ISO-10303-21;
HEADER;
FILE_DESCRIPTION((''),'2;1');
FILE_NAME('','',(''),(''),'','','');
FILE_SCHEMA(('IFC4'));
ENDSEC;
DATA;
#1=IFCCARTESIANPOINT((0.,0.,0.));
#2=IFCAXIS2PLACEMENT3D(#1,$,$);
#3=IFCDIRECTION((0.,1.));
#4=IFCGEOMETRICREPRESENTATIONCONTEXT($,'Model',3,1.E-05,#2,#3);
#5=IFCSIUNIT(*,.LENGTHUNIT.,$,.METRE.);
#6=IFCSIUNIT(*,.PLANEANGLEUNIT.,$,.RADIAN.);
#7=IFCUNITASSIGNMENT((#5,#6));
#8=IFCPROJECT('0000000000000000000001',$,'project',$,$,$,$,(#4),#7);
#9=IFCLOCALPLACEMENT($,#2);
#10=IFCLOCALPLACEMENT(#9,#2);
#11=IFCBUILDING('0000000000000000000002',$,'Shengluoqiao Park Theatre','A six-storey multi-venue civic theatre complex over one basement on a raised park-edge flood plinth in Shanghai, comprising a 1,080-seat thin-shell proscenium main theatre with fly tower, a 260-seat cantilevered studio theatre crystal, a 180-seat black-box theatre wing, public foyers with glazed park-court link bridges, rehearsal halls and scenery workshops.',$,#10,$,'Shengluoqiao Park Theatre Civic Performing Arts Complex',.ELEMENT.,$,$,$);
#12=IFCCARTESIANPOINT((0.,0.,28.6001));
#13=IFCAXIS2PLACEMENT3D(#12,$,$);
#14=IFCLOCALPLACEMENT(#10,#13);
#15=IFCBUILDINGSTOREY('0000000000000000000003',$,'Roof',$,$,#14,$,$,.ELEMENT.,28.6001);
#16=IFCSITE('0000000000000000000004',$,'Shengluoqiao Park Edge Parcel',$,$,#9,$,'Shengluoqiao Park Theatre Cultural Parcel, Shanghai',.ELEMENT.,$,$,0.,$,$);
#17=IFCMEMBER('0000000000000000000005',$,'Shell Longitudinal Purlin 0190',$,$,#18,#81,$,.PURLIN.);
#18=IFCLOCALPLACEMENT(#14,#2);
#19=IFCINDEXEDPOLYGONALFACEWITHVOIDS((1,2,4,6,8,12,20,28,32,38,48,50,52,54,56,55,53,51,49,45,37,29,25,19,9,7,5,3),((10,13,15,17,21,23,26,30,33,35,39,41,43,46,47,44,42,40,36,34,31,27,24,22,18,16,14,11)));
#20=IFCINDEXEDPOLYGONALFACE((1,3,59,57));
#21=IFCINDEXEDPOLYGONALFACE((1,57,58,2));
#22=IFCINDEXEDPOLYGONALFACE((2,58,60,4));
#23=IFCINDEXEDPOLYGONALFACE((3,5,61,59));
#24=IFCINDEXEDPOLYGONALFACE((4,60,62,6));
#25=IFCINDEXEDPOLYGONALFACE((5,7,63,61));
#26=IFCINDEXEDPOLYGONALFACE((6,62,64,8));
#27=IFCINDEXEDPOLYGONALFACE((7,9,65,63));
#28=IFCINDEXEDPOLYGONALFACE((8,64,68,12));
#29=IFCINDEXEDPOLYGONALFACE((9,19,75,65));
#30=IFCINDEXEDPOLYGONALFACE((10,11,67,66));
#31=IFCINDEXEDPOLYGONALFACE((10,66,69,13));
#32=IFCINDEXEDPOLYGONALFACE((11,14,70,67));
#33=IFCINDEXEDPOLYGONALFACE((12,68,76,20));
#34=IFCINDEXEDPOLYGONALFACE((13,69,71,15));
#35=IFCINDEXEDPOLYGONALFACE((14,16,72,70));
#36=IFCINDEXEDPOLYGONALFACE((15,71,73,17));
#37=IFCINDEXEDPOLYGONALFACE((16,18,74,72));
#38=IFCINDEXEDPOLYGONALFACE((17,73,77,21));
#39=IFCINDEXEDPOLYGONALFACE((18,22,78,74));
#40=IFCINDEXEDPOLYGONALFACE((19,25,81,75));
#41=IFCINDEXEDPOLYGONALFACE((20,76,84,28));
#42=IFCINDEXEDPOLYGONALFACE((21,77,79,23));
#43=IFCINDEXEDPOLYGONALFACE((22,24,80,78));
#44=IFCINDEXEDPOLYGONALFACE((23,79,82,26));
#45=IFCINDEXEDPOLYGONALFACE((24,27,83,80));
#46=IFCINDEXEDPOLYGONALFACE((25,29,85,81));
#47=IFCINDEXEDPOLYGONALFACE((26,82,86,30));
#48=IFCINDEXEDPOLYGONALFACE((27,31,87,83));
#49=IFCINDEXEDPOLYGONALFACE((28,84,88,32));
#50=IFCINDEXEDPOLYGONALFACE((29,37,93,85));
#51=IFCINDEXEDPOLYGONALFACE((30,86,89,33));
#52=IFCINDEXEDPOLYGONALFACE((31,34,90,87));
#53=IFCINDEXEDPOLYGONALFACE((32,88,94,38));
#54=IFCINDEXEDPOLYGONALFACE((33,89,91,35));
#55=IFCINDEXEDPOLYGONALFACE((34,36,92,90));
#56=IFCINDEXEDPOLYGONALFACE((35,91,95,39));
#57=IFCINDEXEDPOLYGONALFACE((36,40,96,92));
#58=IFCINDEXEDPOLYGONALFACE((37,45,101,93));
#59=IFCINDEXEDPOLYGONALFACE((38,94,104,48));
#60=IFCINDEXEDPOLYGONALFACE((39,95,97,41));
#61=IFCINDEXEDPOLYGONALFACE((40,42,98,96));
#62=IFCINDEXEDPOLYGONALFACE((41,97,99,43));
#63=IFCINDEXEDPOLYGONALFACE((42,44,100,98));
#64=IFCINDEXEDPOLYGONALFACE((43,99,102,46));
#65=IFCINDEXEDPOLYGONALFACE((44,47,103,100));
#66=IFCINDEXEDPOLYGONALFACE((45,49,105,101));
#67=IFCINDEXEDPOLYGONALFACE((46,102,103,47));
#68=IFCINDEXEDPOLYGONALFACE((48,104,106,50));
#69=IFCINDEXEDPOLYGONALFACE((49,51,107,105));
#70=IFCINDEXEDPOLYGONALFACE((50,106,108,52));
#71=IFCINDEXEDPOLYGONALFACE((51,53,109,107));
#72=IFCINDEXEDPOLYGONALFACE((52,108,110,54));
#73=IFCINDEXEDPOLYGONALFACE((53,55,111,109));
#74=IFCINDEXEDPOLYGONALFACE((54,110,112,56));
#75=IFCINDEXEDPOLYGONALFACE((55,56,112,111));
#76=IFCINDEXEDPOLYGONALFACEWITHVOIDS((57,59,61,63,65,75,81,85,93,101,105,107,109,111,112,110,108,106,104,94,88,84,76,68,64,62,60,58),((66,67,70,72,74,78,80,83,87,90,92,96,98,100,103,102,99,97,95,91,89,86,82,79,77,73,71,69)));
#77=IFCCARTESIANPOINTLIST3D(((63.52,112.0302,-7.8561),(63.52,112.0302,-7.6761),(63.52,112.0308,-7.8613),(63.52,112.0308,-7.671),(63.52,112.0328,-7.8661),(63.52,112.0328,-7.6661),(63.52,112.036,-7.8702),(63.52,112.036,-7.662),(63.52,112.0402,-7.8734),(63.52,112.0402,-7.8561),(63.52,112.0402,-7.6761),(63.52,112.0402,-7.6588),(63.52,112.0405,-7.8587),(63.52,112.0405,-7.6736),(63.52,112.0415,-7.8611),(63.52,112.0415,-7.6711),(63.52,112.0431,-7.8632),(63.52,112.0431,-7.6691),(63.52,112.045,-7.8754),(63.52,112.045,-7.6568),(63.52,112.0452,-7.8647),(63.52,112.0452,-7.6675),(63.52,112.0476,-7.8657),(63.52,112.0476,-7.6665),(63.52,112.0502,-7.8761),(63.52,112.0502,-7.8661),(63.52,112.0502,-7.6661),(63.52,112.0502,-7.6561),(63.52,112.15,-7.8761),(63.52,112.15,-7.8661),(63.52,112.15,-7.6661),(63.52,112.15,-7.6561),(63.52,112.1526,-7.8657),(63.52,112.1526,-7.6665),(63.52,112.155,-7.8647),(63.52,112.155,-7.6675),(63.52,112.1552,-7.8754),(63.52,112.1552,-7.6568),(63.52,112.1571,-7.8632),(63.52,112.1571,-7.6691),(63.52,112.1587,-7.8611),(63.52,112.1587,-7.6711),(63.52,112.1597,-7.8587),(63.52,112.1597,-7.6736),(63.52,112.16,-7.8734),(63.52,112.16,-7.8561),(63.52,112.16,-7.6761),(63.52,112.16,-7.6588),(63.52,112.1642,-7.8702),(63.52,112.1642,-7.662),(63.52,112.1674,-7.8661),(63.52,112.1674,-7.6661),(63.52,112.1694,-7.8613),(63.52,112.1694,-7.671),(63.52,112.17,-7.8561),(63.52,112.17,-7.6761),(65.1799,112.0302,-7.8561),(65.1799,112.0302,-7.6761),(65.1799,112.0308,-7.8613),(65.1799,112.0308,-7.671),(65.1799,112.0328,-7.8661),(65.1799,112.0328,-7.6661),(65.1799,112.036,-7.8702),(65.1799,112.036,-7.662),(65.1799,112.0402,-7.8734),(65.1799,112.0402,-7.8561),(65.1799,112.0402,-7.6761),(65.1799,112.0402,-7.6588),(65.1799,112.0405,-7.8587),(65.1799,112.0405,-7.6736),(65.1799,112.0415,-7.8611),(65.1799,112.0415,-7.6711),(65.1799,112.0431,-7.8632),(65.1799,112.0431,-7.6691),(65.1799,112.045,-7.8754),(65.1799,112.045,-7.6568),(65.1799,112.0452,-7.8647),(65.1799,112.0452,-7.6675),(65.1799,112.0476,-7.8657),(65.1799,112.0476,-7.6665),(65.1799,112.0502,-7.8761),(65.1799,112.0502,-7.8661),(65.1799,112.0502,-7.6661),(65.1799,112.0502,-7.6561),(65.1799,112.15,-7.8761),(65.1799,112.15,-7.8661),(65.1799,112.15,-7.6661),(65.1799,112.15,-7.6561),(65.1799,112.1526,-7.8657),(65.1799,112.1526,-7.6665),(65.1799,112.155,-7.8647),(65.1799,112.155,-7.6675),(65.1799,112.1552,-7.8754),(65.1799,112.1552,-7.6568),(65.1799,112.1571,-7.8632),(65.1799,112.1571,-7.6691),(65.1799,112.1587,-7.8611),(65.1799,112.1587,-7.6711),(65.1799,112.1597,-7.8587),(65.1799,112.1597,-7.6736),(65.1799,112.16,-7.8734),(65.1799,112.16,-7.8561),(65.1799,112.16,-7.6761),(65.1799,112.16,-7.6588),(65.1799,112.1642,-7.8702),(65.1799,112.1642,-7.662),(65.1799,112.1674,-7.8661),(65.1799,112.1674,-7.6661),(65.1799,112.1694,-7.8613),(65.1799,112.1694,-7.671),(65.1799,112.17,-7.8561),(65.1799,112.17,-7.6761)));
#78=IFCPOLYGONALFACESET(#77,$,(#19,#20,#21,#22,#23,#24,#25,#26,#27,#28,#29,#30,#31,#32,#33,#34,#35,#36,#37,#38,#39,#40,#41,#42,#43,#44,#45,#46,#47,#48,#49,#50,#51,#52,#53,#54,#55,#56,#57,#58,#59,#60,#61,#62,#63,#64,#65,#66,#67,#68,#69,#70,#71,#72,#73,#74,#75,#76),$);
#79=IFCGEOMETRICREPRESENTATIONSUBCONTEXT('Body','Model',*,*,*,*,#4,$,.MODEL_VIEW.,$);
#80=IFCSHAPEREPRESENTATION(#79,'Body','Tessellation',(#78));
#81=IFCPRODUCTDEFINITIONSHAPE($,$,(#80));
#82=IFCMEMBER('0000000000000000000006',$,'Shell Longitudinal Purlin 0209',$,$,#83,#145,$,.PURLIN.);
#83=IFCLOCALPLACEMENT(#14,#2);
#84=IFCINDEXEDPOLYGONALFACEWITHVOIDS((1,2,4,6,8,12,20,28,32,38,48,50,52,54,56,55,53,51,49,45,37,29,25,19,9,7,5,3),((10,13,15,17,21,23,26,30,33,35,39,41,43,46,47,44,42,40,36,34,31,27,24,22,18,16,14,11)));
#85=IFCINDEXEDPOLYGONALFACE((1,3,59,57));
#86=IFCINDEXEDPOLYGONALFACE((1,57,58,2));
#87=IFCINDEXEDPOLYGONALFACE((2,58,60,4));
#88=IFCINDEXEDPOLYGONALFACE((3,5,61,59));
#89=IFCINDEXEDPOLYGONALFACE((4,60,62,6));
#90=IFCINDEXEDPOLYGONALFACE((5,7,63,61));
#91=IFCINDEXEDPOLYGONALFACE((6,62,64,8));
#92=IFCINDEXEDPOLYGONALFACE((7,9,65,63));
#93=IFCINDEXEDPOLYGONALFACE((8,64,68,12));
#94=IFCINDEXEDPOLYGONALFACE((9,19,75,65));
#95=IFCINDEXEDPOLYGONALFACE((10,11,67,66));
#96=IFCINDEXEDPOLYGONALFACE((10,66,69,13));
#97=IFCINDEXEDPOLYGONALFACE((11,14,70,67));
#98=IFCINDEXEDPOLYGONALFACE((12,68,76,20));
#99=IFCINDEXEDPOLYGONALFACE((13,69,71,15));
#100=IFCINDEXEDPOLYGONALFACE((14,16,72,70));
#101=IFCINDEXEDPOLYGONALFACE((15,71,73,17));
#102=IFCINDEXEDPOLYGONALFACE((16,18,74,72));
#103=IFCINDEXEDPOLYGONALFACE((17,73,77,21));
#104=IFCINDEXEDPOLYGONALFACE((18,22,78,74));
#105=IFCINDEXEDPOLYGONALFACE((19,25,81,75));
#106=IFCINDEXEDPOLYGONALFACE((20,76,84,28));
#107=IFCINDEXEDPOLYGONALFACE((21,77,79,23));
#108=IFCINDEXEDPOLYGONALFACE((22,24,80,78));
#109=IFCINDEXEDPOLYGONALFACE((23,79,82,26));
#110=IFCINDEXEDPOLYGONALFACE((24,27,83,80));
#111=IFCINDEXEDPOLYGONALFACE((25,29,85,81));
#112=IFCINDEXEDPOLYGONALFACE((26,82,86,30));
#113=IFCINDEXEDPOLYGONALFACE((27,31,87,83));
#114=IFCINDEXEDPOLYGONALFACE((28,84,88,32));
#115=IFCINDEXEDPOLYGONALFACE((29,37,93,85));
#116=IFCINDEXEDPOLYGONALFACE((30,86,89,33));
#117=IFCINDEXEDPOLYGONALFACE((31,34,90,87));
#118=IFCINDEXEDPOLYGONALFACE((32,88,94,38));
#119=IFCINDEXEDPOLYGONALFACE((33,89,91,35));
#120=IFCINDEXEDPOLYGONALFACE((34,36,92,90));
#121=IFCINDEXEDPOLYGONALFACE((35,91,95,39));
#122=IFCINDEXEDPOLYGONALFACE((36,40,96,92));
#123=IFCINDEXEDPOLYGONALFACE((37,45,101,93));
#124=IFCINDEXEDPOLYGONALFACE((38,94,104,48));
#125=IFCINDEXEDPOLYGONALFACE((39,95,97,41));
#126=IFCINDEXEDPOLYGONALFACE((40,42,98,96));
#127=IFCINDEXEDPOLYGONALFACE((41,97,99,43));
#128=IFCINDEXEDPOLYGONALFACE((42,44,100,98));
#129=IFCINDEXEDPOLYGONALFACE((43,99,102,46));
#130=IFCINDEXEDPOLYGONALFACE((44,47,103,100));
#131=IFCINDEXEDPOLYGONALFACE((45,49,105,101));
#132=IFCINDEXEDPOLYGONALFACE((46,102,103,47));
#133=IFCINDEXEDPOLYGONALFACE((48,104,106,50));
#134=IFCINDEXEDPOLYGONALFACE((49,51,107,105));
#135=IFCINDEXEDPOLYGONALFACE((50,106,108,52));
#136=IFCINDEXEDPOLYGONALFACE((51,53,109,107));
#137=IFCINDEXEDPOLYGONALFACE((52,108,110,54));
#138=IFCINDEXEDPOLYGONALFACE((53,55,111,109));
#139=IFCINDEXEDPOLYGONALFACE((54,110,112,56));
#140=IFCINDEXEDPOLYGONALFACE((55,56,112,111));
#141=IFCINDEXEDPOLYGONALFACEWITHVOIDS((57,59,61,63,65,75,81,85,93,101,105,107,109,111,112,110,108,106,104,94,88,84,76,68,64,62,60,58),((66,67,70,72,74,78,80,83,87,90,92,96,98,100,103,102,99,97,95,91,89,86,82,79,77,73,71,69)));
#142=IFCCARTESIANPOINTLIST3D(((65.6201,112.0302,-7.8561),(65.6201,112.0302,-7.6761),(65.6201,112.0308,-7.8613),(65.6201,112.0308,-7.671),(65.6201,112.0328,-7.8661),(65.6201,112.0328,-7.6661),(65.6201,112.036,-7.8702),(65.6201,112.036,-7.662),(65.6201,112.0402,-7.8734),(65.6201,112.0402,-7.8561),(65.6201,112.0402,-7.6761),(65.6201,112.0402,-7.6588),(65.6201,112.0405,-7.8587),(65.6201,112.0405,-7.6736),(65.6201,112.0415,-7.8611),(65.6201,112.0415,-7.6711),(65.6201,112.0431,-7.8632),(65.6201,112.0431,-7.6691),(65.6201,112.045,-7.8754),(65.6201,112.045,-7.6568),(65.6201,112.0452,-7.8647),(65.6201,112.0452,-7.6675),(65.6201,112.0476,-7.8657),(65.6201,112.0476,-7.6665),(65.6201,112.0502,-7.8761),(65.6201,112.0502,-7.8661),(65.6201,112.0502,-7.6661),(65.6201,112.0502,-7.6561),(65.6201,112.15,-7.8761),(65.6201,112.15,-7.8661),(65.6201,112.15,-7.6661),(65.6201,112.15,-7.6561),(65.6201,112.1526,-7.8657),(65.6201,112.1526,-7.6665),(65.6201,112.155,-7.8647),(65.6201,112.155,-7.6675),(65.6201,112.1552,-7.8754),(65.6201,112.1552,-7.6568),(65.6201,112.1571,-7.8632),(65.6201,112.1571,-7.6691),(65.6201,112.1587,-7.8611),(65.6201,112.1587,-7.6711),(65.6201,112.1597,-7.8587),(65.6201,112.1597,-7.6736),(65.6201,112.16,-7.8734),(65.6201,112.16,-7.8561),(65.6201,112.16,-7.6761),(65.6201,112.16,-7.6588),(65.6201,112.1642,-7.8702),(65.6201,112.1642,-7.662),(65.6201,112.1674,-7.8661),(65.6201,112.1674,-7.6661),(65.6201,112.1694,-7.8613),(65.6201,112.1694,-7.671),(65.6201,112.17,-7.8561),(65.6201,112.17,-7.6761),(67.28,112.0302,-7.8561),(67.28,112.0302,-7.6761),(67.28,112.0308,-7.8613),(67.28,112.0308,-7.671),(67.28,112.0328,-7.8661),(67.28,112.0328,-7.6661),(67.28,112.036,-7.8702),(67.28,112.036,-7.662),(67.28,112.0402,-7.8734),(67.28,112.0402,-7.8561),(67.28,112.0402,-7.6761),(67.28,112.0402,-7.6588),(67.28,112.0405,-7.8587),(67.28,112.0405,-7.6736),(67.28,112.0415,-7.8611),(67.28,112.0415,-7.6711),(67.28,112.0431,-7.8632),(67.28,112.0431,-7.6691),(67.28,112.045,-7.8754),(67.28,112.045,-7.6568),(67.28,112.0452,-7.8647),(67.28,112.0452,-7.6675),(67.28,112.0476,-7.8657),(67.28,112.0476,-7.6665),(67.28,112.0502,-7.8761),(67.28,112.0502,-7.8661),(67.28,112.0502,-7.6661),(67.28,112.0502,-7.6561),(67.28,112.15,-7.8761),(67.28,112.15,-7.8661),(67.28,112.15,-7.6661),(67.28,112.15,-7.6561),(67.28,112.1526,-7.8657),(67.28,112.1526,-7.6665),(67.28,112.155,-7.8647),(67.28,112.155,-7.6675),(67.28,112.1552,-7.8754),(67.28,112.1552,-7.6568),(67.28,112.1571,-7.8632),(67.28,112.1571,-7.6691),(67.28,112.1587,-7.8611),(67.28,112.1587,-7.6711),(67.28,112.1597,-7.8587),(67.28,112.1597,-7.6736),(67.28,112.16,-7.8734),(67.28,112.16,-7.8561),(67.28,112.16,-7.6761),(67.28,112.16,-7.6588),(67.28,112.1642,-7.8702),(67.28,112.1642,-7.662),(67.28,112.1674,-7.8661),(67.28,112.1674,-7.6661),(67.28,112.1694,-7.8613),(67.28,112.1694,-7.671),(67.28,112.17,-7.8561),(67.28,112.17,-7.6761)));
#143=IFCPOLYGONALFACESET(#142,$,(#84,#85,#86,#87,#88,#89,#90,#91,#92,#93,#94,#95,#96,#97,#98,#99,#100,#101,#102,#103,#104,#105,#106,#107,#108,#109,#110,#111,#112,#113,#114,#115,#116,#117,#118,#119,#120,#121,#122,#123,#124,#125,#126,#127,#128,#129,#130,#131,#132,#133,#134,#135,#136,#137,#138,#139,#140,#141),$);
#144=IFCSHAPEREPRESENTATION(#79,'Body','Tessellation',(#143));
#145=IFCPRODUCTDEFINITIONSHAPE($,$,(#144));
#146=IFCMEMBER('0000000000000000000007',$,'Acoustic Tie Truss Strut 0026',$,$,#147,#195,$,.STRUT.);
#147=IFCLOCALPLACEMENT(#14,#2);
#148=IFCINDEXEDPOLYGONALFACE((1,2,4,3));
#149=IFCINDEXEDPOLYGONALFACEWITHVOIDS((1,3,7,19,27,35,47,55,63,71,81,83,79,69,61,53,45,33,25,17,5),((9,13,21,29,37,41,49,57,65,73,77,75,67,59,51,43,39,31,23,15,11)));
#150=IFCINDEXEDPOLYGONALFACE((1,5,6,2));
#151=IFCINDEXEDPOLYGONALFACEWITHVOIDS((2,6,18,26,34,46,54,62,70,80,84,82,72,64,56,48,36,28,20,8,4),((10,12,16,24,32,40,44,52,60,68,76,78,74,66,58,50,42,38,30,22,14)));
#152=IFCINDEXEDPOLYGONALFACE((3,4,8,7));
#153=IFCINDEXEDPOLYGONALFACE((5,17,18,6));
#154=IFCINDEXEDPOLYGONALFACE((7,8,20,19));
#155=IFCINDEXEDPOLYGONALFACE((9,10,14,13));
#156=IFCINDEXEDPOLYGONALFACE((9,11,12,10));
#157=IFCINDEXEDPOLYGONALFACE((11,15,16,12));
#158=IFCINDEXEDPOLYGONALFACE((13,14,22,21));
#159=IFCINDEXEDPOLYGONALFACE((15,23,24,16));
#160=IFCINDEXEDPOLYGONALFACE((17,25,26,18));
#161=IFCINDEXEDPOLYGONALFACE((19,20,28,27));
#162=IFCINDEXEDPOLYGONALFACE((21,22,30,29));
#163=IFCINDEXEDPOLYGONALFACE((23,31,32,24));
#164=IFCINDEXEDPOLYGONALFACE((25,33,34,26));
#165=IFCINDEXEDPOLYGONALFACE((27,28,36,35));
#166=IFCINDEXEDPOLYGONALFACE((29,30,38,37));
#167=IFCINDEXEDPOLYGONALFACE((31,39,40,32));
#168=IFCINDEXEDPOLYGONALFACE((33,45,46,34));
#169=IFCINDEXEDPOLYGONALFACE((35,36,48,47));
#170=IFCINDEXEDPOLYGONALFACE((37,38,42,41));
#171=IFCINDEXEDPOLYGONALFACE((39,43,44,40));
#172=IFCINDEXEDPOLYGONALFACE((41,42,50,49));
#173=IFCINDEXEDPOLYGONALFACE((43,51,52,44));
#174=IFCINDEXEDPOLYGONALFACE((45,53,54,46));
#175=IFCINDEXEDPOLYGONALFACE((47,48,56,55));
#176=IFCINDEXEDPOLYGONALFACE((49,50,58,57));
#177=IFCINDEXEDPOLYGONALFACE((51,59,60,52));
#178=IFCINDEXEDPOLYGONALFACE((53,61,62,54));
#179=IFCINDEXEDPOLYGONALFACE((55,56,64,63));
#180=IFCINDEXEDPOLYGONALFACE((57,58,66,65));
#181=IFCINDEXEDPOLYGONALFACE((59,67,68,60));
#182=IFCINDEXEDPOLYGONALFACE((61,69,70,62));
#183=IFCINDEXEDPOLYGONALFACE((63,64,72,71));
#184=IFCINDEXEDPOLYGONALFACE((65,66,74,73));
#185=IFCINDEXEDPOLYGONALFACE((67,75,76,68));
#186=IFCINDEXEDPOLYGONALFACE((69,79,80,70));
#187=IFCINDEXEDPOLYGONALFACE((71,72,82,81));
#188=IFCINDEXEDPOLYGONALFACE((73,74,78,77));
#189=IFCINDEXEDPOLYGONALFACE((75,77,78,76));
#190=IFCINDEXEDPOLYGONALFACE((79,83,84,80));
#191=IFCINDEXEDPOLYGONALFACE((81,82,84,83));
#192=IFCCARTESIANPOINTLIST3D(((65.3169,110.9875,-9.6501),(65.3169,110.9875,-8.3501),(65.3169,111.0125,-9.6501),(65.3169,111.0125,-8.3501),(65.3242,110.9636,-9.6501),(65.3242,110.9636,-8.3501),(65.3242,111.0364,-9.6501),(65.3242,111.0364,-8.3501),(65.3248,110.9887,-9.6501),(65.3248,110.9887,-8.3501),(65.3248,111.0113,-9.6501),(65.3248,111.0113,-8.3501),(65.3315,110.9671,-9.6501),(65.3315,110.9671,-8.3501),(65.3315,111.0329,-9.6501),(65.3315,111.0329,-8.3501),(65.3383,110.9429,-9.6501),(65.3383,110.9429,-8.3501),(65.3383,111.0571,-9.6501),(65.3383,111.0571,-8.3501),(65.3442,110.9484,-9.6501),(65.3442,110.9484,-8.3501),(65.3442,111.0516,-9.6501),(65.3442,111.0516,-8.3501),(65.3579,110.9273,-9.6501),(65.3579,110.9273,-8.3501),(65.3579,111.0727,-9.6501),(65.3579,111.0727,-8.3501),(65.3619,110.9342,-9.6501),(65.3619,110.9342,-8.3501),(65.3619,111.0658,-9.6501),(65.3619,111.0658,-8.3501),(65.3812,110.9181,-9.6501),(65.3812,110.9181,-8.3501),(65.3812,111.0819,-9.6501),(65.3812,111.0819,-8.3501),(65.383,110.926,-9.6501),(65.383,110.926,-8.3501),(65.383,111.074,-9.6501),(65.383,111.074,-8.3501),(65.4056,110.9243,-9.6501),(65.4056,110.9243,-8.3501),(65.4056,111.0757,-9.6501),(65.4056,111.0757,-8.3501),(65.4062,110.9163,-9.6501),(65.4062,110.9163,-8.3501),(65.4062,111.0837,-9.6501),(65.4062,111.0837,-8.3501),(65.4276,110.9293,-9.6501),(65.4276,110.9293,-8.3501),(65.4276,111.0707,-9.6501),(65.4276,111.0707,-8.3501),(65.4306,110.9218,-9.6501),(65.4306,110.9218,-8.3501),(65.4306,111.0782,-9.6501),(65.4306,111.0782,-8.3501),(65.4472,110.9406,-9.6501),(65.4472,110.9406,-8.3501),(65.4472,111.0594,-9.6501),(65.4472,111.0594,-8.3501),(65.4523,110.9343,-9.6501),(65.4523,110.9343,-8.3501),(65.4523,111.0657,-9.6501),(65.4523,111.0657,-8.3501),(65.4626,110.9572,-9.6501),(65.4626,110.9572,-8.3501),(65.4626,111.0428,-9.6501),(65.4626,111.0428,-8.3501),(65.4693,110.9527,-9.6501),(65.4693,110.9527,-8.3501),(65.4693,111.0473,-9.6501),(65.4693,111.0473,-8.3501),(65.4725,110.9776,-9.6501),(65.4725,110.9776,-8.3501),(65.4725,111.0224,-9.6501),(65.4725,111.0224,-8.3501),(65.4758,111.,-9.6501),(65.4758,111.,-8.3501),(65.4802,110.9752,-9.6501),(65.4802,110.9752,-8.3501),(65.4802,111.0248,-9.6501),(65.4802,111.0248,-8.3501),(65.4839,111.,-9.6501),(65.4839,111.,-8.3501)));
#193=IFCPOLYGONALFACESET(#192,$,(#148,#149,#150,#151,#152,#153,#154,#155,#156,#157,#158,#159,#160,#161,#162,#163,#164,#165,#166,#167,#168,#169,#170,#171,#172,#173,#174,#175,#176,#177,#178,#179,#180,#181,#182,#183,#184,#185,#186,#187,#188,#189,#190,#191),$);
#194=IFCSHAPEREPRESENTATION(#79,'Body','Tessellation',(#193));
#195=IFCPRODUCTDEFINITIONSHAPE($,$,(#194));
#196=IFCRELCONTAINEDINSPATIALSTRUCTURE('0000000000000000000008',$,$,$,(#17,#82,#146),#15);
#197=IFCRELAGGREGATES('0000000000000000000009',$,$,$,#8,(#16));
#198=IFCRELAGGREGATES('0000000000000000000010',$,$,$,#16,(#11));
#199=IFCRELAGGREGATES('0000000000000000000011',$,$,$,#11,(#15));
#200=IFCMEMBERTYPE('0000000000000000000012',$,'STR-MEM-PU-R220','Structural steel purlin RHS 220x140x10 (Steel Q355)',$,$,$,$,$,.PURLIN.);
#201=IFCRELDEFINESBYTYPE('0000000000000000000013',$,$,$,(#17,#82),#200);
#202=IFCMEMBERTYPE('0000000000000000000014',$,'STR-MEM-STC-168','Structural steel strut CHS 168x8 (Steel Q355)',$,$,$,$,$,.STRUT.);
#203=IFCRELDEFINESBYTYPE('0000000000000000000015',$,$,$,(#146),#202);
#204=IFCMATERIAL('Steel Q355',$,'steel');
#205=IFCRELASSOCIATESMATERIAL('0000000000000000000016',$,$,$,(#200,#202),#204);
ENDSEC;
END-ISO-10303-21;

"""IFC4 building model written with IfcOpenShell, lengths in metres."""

from ifc_helpers import new_model, si_unit, direction, frame, origin, origin_2d, place, context, subcontext, project, spatial, hollow_rectangle, hollow_circle, extrude, material, material_profile, profile_set, type_object, element, save


model = new_model("IFC4")

# Units and contexts
model_context = context("Model", 3, precision=1e-05, world=origin(), true_north=direction((0.0, 1.0)))
body_context = subcontext(model_context, "Body", "Model", "MODEL_VIEW")
ifc_project = project(units=[si_unit("LENGTHUNIT", "METRE"), si_unit("PLANEANGLEUNIT", "RADIAN")], contexts=[model_context])

# Site, building, storey
site_placement = place(None, origin())
site = spatial("IfcSite", under=ifc_project, at=site_placement, Name="Shengluoqiao Park Edge Parcel", LongName="Shengluoqiao Park Theatre Cultural Parcel, Shanghai", CompositionType="ELEMENT", RefElevation=0.0)
building_placement = place(site_placement, origin())
building = spatial("IfcBuilding", under=site, at=building_placement, Name="Shengluoqiao Park Theatre", Description="A six-storey multi-venue civic theatre complex over one basement on a raised park-edge flood plinth in Shanghai, comprising a 1,080-seat thin-shell proscenium main theatre with fly tower, a 260-seat cantilevered studio theatre crystal, a 180-seat black-box theatre wing, public foyers with glazed park-court link bridges, rehearsal halls and scenery workshops.", LongName="Shengluoqiao Park Theatre Civic Performing Arts Complex", CompositionType="ELEMENT")
storey_placement = place(building_placement, frame((0.0, 0.0, 28.6001)))
storey = spatial("IfcBuildingStorey", under=building, at=storey_placement, Name="Roof", CompositionType="ELEMENT", Elevation=28.6001)

# Shared definitions
ifc_material_1 = material(Name="Steel Q355", Category="steel")

# Members
ifc_material_profile_1 = material_profile(ifc_material_1, hollow_rectangle(XDim=0.1399, YDim=0.22, WallThickness=0.01, InnerFilletRadius=0.01, OuterFilletRadius=0.02, at=origin_2d()), Name="RHS 220x140x10")
ifc_profile_set_1 = profile_set([ifc_material_profile_1], Name="Steel Q355")
member_type_1 = type_object("IfcMemberType", Name="STR-MEM-PU-R220", Description="Structural steel purlin RHS 220x140x10 (Steel Q355)", PredefinedType="PURLIN", material=ifc_profile_set_1)
for number, where, z_axis, x_axis, name in (
    (1, (63.52, 112.1001, -7.7661), (1.0, 0.0, 0.0), (0.0, 1.0, 0.0), "Shell Longitudinal Purlin 0190"),
    (2, (65.6201, 112.1001, -7.7661), (1.0, 0.0, 0.0), (0.0, 1.0, 0.0), "Shell Longitudinal Purlin 0209"),
):
    element("IfcMember", number, at=place(storey_placement, frame(where, z_axis=z_axis, x_axis=x_axis)), inside=storey, type_object=member_type_1, Name=name, PredefinedType="PURLIN", context=body_context, shape_type="SweptSolid", body=[
        extrude(hollow_rectangle(XDim=0.1399, YDim=0.22, WallThickness=0.01, InnerFilletRadius=0.01, OuterFilletRadius=0.02, at=origin_2d()), origin(), (0.0, 0.0, 1.0), 1.6599),
    ])
ifc_material_profile_2 = material_profile(ifc_material_1, hollow_circle(Radius=0.084, WallThickness=0.0081, at=origin_2d()), Name="CHS 168x8")
ifc_profile_set_2 = profile_set([ifc_material_profile_2], Name="Steel Q355")
member_type_2 = type_object("IfcMemberType", Name="STR-MEM-STC-168", Description="Structural steel strut CHS 168x8 (Steel Q355)", PredefinedType="STRUT", material=ifc_profile_set_2)
member_placement = place(storey_placement, frame((65.3999, 111.0, -9.6501), z_axis=(0.0, 0.0, 1.0), x_axis=(1.0, 0.0, 0.0)))
element("IfcMember", 3, at=member_placement, inside=storey, type_object=member_type_2, Name="Acoustic Tie Truss Strut 0026", PredefinedType="STRUT", context=body_context, shape_type="SweptSolid", body=[
    extrude(hollow_circle(Radius=0.084, WallThickness=0.0081, at=origin_2d()), origin(), (0.0, 0.0, 1.0), 1.3),
])

save(model, "model.ifc")
